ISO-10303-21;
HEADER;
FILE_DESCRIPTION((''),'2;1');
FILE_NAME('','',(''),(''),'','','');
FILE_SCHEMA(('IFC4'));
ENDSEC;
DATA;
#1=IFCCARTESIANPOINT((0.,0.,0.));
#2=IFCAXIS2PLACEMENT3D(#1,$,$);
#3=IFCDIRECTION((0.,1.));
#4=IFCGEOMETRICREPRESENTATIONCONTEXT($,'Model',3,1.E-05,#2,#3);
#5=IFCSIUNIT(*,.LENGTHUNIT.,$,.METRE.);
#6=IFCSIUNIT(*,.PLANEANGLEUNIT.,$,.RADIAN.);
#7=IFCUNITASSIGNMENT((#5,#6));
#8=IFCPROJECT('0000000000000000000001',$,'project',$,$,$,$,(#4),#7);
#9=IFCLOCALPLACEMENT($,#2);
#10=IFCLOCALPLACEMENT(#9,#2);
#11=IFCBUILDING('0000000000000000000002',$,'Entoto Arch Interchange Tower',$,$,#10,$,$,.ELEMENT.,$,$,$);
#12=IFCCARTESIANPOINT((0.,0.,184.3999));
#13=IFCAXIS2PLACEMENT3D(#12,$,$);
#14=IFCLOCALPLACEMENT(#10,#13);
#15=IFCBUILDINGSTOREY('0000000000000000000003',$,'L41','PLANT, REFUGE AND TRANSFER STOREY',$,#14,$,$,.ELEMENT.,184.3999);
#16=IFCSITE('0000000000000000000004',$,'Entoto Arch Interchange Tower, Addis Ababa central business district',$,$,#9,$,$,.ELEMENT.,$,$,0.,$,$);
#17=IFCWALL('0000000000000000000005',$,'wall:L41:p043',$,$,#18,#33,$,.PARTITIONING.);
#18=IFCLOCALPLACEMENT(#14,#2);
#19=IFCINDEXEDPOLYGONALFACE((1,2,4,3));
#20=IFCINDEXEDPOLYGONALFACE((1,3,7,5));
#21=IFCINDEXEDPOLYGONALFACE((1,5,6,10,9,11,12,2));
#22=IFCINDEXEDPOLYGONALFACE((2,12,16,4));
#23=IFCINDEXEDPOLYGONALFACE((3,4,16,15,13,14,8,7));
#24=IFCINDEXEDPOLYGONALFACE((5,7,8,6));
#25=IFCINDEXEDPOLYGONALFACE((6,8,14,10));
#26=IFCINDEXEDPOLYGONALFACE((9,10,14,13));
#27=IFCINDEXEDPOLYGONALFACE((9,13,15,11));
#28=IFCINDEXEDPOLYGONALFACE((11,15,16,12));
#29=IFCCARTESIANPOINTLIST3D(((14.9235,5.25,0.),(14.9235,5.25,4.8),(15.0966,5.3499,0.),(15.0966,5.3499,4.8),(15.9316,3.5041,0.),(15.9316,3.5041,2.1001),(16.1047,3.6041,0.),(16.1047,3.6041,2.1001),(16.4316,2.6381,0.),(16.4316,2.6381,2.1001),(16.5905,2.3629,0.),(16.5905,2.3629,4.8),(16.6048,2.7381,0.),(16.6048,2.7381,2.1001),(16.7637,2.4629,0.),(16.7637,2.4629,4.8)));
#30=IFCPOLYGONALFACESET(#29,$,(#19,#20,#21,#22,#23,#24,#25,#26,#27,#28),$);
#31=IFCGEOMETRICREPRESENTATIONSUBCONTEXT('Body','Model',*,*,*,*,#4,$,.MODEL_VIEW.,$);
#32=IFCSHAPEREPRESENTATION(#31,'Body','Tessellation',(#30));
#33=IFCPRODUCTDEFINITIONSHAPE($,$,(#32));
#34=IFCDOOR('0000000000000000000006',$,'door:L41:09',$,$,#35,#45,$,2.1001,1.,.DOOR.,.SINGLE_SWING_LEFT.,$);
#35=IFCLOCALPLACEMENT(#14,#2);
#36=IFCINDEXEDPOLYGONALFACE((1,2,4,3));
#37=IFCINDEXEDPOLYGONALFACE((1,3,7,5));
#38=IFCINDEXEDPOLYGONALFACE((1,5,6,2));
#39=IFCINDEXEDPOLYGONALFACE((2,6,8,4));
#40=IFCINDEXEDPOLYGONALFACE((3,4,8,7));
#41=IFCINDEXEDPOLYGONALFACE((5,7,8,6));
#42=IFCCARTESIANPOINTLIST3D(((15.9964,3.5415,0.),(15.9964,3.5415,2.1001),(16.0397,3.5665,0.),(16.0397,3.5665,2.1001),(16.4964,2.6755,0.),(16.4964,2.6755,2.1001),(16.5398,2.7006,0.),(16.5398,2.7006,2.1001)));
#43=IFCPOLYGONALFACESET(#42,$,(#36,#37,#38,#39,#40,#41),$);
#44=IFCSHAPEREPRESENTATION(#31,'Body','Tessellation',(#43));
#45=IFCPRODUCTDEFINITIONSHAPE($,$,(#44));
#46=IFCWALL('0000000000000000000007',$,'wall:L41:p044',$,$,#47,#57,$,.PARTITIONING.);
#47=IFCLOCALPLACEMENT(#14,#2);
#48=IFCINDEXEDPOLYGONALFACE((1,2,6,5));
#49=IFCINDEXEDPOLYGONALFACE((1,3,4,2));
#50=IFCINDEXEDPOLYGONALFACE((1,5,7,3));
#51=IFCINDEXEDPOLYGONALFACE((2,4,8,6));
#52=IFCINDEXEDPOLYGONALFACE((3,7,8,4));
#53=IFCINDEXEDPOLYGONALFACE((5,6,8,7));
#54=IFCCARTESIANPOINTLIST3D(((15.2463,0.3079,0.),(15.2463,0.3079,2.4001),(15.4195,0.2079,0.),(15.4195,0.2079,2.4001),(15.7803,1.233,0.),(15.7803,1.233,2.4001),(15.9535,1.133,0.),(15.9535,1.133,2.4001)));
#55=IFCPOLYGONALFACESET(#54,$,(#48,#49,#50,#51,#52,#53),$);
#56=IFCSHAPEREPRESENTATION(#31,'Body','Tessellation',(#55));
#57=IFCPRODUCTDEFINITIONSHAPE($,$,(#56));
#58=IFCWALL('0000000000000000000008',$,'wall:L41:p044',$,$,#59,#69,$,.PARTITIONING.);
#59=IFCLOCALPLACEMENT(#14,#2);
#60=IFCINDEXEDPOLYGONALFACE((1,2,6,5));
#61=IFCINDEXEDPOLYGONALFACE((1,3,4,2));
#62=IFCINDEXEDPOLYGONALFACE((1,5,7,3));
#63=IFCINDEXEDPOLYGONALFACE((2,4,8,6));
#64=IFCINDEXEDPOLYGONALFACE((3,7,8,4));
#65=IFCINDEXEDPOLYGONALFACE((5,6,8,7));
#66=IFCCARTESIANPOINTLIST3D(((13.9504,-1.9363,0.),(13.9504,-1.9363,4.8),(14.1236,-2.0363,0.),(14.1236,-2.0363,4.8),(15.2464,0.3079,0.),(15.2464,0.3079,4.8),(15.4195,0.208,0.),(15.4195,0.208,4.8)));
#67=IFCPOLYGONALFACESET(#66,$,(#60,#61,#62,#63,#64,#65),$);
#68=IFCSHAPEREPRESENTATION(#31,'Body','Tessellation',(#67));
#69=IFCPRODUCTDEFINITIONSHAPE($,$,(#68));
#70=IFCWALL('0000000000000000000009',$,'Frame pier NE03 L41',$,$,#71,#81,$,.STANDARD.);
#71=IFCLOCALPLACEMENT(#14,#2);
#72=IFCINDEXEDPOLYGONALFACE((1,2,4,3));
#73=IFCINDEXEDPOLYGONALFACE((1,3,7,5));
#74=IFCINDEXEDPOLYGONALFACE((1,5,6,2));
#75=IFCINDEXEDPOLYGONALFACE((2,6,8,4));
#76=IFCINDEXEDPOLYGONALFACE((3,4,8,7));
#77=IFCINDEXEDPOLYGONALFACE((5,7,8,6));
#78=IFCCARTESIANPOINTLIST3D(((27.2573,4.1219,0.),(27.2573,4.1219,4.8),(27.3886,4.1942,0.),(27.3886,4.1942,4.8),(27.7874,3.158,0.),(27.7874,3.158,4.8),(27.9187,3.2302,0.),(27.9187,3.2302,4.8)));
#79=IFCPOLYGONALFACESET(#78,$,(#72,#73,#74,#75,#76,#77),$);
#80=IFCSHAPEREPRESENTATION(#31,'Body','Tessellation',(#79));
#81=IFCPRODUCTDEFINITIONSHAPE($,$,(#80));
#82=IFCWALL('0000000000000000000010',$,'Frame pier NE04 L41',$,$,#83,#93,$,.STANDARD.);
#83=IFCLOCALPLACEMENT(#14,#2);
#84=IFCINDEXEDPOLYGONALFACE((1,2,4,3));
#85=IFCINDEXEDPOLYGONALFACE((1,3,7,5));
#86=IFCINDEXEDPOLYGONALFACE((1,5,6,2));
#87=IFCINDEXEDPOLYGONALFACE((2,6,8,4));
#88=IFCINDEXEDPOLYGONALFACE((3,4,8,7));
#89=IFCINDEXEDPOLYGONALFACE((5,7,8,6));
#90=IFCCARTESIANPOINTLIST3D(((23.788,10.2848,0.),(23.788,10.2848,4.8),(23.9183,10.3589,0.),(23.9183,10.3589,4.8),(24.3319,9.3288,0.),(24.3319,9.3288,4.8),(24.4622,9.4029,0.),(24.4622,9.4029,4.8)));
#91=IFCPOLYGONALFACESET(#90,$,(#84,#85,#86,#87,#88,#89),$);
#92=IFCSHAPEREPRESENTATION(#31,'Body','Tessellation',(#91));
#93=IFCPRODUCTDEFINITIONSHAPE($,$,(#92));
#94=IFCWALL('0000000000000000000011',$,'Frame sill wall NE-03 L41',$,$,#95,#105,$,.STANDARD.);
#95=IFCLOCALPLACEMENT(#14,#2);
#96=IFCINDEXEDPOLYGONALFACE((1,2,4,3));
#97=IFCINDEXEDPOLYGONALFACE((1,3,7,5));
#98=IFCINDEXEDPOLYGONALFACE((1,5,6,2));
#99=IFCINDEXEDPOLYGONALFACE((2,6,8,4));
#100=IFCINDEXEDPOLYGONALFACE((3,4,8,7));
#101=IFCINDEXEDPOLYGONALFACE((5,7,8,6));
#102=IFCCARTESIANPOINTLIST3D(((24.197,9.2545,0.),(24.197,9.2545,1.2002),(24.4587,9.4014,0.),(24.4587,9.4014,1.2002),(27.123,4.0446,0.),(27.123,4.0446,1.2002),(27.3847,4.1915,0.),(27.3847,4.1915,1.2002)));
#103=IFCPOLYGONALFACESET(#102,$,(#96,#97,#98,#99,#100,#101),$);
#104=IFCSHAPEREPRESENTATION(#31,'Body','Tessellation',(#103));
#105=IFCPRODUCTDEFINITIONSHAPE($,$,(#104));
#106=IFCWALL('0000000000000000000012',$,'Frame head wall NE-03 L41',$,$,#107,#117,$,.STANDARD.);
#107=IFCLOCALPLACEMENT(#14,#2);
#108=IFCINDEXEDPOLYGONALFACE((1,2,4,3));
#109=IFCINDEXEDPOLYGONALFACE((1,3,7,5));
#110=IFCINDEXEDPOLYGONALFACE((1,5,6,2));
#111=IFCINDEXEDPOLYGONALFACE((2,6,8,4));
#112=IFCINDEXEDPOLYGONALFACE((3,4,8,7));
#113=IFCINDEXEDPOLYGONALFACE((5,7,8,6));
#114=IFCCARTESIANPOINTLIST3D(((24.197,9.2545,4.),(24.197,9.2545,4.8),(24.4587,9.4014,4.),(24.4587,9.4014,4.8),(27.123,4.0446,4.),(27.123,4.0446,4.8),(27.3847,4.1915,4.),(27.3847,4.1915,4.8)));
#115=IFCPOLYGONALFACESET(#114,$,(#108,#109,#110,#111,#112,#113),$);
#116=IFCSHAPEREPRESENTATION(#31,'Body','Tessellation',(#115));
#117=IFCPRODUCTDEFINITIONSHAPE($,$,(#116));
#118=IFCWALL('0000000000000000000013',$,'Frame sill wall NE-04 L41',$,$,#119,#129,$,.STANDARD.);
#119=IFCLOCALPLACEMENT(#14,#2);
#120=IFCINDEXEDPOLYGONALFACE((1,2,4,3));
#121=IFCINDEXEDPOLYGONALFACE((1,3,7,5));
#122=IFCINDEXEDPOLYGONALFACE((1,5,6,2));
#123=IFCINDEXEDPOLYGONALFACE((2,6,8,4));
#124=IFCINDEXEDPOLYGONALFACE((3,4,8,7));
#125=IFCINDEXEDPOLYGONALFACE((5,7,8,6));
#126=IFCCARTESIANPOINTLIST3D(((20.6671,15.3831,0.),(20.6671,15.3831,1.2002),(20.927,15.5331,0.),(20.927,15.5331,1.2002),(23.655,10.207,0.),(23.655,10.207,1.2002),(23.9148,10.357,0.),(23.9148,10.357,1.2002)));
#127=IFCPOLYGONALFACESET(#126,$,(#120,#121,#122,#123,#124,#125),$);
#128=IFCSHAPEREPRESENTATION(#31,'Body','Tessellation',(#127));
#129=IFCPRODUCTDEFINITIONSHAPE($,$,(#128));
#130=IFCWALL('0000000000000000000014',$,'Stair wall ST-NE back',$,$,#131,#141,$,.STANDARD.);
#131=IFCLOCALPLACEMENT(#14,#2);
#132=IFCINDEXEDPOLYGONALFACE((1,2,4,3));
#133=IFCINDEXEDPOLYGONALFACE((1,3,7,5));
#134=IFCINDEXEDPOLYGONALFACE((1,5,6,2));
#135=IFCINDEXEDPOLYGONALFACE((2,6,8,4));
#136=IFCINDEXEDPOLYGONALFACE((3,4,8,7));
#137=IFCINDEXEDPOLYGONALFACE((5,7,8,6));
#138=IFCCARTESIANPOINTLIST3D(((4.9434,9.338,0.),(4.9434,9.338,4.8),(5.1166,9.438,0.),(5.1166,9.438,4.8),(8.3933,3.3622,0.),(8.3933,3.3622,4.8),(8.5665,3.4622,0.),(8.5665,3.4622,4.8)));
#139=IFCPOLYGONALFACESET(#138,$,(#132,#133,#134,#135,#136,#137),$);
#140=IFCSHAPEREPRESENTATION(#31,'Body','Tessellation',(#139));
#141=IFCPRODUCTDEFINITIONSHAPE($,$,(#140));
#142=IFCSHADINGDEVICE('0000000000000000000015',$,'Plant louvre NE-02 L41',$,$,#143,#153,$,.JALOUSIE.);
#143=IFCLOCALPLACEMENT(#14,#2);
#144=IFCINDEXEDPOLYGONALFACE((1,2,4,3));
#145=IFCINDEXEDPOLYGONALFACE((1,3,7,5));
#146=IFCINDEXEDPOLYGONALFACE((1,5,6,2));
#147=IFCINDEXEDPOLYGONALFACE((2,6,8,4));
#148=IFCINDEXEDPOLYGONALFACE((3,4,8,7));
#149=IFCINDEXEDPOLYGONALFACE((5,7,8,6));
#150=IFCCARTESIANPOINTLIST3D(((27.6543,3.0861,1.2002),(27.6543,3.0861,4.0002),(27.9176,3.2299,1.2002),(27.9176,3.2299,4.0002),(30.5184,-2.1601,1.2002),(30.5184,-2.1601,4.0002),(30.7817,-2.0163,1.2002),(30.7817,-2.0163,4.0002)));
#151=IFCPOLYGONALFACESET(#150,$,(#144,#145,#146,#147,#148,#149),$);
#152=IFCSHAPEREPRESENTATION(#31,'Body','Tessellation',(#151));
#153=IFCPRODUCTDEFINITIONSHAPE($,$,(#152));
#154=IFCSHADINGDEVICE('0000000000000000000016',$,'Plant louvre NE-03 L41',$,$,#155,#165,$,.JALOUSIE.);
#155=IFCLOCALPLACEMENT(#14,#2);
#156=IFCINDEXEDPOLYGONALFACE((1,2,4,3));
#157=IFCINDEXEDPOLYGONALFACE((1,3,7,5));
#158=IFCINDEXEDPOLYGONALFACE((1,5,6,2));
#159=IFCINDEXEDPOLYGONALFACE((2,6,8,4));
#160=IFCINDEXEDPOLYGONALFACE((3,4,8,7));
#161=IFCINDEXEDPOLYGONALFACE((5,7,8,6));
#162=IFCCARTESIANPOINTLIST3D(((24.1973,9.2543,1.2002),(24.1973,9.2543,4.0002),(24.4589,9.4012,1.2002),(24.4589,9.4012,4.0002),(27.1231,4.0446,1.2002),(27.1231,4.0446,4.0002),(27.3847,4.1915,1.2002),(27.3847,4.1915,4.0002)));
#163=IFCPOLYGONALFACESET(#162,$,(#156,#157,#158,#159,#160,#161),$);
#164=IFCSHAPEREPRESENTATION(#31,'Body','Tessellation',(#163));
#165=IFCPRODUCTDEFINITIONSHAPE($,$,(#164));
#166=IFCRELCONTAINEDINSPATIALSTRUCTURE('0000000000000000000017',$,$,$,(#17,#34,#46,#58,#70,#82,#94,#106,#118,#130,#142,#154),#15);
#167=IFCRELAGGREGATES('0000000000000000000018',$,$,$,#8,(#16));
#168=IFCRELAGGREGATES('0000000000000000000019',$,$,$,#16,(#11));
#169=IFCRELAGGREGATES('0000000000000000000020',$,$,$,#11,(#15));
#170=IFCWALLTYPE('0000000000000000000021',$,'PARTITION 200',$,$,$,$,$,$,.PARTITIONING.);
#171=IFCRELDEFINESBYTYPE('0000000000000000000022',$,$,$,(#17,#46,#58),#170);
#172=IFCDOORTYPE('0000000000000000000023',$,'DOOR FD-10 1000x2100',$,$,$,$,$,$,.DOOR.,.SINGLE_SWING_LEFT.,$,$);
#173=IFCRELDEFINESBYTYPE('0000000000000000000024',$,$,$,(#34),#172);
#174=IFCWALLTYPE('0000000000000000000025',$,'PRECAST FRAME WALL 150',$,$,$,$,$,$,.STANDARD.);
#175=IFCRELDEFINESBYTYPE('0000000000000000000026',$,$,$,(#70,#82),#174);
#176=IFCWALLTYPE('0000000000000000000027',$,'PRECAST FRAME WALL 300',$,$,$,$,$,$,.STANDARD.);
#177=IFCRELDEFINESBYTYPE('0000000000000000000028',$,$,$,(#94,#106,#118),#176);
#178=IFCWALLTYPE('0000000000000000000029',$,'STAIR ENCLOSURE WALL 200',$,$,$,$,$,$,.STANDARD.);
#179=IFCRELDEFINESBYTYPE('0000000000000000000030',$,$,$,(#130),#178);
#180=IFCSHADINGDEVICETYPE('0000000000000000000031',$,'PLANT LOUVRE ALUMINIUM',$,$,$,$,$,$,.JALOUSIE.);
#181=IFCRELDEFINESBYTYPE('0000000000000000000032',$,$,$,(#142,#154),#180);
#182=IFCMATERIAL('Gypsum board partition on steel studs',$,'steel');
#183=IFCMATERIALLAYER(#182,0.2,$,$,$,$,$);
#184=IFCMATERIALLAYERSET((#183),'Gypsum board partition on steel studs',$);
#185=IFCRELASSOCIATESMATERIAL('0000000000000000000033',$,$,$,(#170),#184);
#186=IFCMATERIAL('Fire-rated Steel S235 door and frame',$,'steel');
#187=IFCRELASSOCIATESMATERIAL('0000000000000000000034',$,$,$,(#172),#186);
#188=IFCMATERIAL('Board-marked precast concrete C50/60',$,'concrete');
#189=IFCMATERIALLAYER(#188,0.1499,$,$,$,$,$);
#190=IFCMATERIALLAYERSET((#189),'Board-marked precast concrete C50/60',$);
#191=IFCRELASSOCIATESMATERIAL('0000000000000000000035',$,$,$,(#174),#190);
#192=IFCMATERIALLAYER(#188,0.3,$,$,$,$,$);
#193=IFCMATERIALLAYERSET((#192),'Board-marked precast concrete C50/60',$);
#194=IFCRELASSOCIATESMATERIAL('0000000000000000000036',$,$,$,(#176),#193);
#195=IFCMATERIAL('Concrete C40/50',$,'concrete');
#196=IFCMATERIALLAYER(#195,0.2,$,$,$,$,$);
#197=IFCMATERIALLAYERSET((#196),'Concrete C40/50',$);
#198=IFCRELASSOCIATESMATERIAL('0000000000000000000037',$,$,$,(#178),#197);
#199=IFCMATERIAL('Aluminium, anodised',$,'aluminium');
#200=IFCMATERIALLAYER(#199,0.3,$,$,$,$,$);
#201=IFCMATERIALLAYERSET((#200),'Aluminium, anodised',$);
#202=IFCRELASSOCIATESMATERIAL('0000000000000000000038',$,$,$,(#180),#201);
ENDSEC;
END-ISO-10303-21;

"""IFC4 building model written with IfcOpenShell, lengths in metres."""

from ifc_helpers import new_model, si_unit, direction, frame, frame_2d, origin, origin_2d, place, context, subcontext, project, spatial, rectangle, extrude, material, layer, layer_set, type_object, element, fill, save


model = new_model("IFC4")

# Units and contexts
model_context = context("Model", 3, precision=1e-05, world=origin(), true_north=direction((0.0, 1.0)))
body_context = subcontext(model_context, "Body", "Model", "MODEL_VIEW")
ifc_project = project(units=[si_unit("LENGTHUNIT", "METRE"), si_unit("PLANEANGLEUNIT", "RADIAN")], contexts=[model_context])

# Site, building, storey
site_placement = place(None, origin())
site = spatial("IfcSite", under=ifc_project, at=site_placement, Name="Entoto Arch Interchange Tower, Addis Ababa central business district", CompositionType="ELEMENT", RefElevation=0.0)
building_placement = place(site_placement, origin())
building = spatial("IfcBuilding", under=site, at=building_placement, Name="Entoto Arch Interchange Tower", CompositionType="ELEMENT")
storey_placement = place(building_placement, frame((0.0, 0.0, 184.3999)))
storey = spatial("IfcBuildingStorey", under=building, at=storey_placement, Name="L41", Description="PLANT, REFUGE AND TRANSFER STOREY", CompositionType="ELEMENT", Elevation=184.3999)

# Shared definitions
ifc_material_1 = material(Name="Concrete C40/50", Category="concrete")
ifc_material_2 = material(Name="Gypsum board partition on steel studs", Category="steel")
ifc_layer_1 = layer(ifc_material_2, 0.2)
ifc_layer_set_1 = layer_set([ifc_layer_1], Name="Gypsum board partition on steel studs")
wall_type_1 = type_object("IfcWallType", Name="PARTITION 200", PredefinedType="PARTITIONING", material=ifc_layer_set_1)

# Wall, opening, door
wall_1_placement = place(storey_placement, frame((15.01, 5.3, 0.0), z_axis=(0.0, 0.0, 1.0), x_axis=(0.500046, -0.865999, 0.0)))
wall_1 = element("IfcWall", 1, at=wall_1_placement, inside=storey, type_object=wall_type_1, Name="wall:L41:p043", PredefinedType="PARTITIONING", context=body_context, shape_type="SweptSolid", body=[
    extrude(rectangle(XDim=3.3337, YDim=0.2, at=frame_2d((1.667, 0.0))), origin(), (0.0, 0.0, 1.0), 4.8),
])
opening_placement = place(wall_1_placement, frame((2.0161, 0.0, 0.0)))
opening = element("IfcOpeningElement", 2, at=opening_placement, cuts=wall_1, PredefinedType="OPENING", context=body_context, shape_type="SweptSolid", body=[
    extrude(rectangle(XDim=1.0, YDim=2.1001, at=frame_2d((0.5, 1.05))), frame((0.0, 0.1099, 0.0), z_axis=(0.0, -1.0, 0.0), x_axis=(1.0, 0.0, 0.0)), (0.0, 0.0, 1.0), 0.22),
])
ifc_material_3 = material(Name="Fire-rated Steel S235 door and frame", Category="steel")
door_type = type_object("IfcDoorType", Name="DOOR FD-10 1000x2100", OperationType="SINGLE_SWING_LEFT", PredefinedType="DOOR", material=ifc_material_3)
door_placement = place(opening_placement, origin())
door = element("IfcDoor", 3, at=door_placement, inside=storey, type_object=door_type, Name="door:L41:09", OperationType="SINGLE_SWING_LEFT", OverallHeight=2.1001, OverallWidth=1.0, PredefinedType="DOOR", context=body_context, shape_type="SweptSolid", body=[
    extrude(rectangle(XDim=1.0, YDim=2.1001, at=frame_2d((0.5, 1.05))), frame((0.0, 0.0249, 0.0), z_axis=(0.0, -1.0, 0.0), x_axis=(1.0, 0.0, 0.0)), (0.0, 0.0, 1.0), 0.05),
])
fill(opening, door)

# Walls
wall_2_placement = place(storey_placement, frame((15.8669, 1.1831, 0.0), z_axis=(0.0, 0.0, 1.0), x_axis=(-0.499901, -0.866083, 0.0)))
element("IfcWall", 4, at=wall_2_placement, inside=storey, type_object=wall_type_1, Name="wall:L41:p044", PredefinedType="PARTITIONING", context=body_context, shape_type="SweptSolid", body=[
    extrude(rectangle(XDim=1.0681, YDim=0.2, at=frame_2d((0.5342, 0.0))), origin(), (0.0, 0.0, 1.0), 2.4001),
])
wall_3_placement = place(storey_placement, frame((15.333, 0.2581, 0.0), z_axis=(0.0, 0.0, 1.0), x_axis=(-0.50007, -0.865985, 0.0)))
element("IfcWall", 5, at=wall_3_placement, inside=storey, type_object=wall_type_1, Name="wall:L41:p044", PredefinedType="PARTITIONING", context=body_context, shape_type="SweptSolid", body=[
    extrude(rectangle(XDim=2.5916, YDim=0.2, at=frame_2d((1.2959, 0.0))), origin(), (0.0, 0.0, 1.0), 4.8),
])
ifc_material_4 = material(Name="Board-marked precast concrete C50/60", Category="concrete")
ifc_layer_2 = layer(ifc_material_4, 0.1499)
ifc_layer_set_2 = layer_set([ifc_layer_2], Name="Board-marked precast concrete C50/60")
wall_type_2 = type_object("IfcWallType", Name="PRECAST FRAME WALL 150", PredefinedType="STANDARD", material=ifc_layer_set_2)
wall_4_placement = place(storey_placement, frame((27.853, 3.1941, 0.0), z_axis=(0.0, 0.0, 1.0), x_axis=(-0.481851, 0.876253, 0.0)))
element("IfcWall", 6, at=wall_4_placement, inside=storey, type_object=wall_type_2, Name="Frame pier NE03 L41", PredefinedType="STANDARD", context=body_context, shape_type="SweptSolid", body=[
    extrude(rectangle(XDim=1.1001, YDim=0.1499, at=frame_2d((0.55, 0.0))), origin(), (0.0, 0.0, 1.0), 4.8),
])
wall_5_placement = place(storey_placement, frame((24.397, 9.366, 0.0), z_axis=(0.0, 0.0, 1.0), x_axis=(-0.494513, 0.86917, 0.0)))
element("IfcWall", 7, at=wall_5_placement, inside=storey, type_object=wall_type_2, Name="Frame pier NE04 L41", PredefinedType="STANDARD", context=body_context, shape_type="SweptSolid", body=[
    extrude(rectangle(XDim=1.0999, YDim=0.1499, at=frame_2d((0.5498, 0.0))), origin(), (0.0, 0.0, 1.0), 4.8),
])
ifc_layer_3 = layer(ifc_material_4, 0.3)
ifc_layer_set_3 = layer_set([ifc_layer_3], Name="Board-marked precast concrete C50/60")
wall_type_3 = type_object("IfcWallType", Name="PRECAST FRAME WALL 300", PredefinedType="STANDARD", material=ifc_layer_set_3)
wall_6_placement = place(storey_placement, frame((27.2539, 4.1179, 0.0), z_axis=(0.0, 0.0, 1.0), x_axis=(-0.489679, 0.871903, 0.0)))
element("IfcWall", 8, at=wall_6_placement, inside=storey, type_object=wall_type_3, Name="Frame sill wall NE-03 L41", PredefinedType="STANDARD", context=body_context, shape_type="SweptSolid", body=[
    extrude(rectangle(XDim=5.9753, YDim=0.3, at=frame_2d((2.9878, 0.0))), origin(), (0.0, 0.0, 1.0), 1.2002),
])
wall_7_placement = place(storey_placement, frame((27.2539, 4.1179, 4.0), z_axis=(0.0, 0.0, 1.0), x_axis=(-0.489679, 0.871903, 0.0)))
element("IfcWall", 9, at=wall_7_placement, inside=storey, type_object=wall_type_3, Name="Frame head wall NE-03 L41", PredefinedType="STANDARD", context=body_context, shape_type="SweptSolid", body=[
    extrude(rectangle(XDim=5.9753, YDim=0.3, at=frame_2d((2.9878, 0.0))), origin(), (0.0, 0.0, 1.0), 0.8),
])
wall_8_placement = place(storey_placement, frame((23.7849, 10.282, 0.0), z_axis=(0.0, 0.0, 1.0), x_axis=(-0.499926, 0.866068, 0.0)))
element("IfcWall", 10, at=wall_8_placement, inside=storey, type_object=wall_type_3, Name="Frame sill wall NE-04 L41", PredefinedType="STANDARD", context=body_context, shape_type="SweptSolid", body=[
    extrude(rectangle(XDim=5.9766, YDim=0.3, at=frame_2d((2.9883, 0.0))), origin(), (0.0, 0.0, 1.0), 1.2002),
])
ifc_layer_4 = layer(ifc_material_1, 0.2)
ifc_layer_set_4 = layer_set([ifc_layer_4], Name="Concrete C40/50")
wall_type_4 = type_object("IfcWallType", Name="STAIR ENCLOSURE WALL 200", PredefinedType="STANDARD", material=ifc_layer_set_4)
wall_9_placement = place(storey_placement, frame((8.48, 3.4121, 0.0), z_axis=(0.0, 0.0, 1.0), x_axis=(-0.499979, 0.866038, 0.0)))
element("IfcWall", 11, at=wall_9_placement, inside=storey, type_object=wall_type_4, Name="Stair wall ST-NE back", PredefinedType="STANDARD", context=body_context, shape_type="SweptSolid", body=[
    extrude(rectangle(XDim=6.9001, YDim=0.2, at=frame_2d((3.4502, 0.0))), origin(), (0.0, 0.0, 1.0), 4.8),
])

# Shading devices
ifc_material_5 = material(Name="Aluminium, anodised", Category="aluminium")
ifc_layer_5 = layer(ifc_material_5, 0.3)
ifc_layer_set_5 = layer_set([ifc_layer_5], Name="Aluminium, anodised")
shading_device_type = type_object("IfcShadingDeviceType", Name="PLANT LOUVRE ALUMINIUM", PredefinedType="JALOUSIE", material=ifc_layer_set_5)
shading_device_1_placement = place(storey_placement, frame((29.218, 0.5349, 1.2002), z_axis=(0.0, 0.0, 1.0), x_axis=(-0.479182, 0.877715, 0.0)))
element("IfcShadingDevice", 12, at=shading_device_1_placement, inside=storey, type_object=shading_device_type, Name="Plant louvre NE-02 L41", PredefinedType="JALOUSIE", context=body_context, shape_type="SweptSolid", body=[
    extrude(rectangle(XDim=5.9771, YDim=0.3, at=origin_2d()), origin(), (0.0, 0.0, 1.0), 2.8),
])
shading_device_2_placement = place(storey_placement, frame((25.791, 6.7229, 1.2002), z_axis=(0.0, 0.0, 1.0), x_axis=(-0.489672, 0.871907, 0.0)))
element("IfcShadingDevice", 13, at=shading_device_2_placement, inside=storey, type_object=shading_device_type, Name="Plant louvre NE-03 L41", PredefinedType="JALOUSIE", context=body_context, shape_type="SweptSolid", body=[
    extrude(rectangle(XDim=5.9751, YDim=0.3, at=origin_2d()), origin(), (0.0, 0.0, 1.0), 2.8),
])

save(model, "model.ifc")
